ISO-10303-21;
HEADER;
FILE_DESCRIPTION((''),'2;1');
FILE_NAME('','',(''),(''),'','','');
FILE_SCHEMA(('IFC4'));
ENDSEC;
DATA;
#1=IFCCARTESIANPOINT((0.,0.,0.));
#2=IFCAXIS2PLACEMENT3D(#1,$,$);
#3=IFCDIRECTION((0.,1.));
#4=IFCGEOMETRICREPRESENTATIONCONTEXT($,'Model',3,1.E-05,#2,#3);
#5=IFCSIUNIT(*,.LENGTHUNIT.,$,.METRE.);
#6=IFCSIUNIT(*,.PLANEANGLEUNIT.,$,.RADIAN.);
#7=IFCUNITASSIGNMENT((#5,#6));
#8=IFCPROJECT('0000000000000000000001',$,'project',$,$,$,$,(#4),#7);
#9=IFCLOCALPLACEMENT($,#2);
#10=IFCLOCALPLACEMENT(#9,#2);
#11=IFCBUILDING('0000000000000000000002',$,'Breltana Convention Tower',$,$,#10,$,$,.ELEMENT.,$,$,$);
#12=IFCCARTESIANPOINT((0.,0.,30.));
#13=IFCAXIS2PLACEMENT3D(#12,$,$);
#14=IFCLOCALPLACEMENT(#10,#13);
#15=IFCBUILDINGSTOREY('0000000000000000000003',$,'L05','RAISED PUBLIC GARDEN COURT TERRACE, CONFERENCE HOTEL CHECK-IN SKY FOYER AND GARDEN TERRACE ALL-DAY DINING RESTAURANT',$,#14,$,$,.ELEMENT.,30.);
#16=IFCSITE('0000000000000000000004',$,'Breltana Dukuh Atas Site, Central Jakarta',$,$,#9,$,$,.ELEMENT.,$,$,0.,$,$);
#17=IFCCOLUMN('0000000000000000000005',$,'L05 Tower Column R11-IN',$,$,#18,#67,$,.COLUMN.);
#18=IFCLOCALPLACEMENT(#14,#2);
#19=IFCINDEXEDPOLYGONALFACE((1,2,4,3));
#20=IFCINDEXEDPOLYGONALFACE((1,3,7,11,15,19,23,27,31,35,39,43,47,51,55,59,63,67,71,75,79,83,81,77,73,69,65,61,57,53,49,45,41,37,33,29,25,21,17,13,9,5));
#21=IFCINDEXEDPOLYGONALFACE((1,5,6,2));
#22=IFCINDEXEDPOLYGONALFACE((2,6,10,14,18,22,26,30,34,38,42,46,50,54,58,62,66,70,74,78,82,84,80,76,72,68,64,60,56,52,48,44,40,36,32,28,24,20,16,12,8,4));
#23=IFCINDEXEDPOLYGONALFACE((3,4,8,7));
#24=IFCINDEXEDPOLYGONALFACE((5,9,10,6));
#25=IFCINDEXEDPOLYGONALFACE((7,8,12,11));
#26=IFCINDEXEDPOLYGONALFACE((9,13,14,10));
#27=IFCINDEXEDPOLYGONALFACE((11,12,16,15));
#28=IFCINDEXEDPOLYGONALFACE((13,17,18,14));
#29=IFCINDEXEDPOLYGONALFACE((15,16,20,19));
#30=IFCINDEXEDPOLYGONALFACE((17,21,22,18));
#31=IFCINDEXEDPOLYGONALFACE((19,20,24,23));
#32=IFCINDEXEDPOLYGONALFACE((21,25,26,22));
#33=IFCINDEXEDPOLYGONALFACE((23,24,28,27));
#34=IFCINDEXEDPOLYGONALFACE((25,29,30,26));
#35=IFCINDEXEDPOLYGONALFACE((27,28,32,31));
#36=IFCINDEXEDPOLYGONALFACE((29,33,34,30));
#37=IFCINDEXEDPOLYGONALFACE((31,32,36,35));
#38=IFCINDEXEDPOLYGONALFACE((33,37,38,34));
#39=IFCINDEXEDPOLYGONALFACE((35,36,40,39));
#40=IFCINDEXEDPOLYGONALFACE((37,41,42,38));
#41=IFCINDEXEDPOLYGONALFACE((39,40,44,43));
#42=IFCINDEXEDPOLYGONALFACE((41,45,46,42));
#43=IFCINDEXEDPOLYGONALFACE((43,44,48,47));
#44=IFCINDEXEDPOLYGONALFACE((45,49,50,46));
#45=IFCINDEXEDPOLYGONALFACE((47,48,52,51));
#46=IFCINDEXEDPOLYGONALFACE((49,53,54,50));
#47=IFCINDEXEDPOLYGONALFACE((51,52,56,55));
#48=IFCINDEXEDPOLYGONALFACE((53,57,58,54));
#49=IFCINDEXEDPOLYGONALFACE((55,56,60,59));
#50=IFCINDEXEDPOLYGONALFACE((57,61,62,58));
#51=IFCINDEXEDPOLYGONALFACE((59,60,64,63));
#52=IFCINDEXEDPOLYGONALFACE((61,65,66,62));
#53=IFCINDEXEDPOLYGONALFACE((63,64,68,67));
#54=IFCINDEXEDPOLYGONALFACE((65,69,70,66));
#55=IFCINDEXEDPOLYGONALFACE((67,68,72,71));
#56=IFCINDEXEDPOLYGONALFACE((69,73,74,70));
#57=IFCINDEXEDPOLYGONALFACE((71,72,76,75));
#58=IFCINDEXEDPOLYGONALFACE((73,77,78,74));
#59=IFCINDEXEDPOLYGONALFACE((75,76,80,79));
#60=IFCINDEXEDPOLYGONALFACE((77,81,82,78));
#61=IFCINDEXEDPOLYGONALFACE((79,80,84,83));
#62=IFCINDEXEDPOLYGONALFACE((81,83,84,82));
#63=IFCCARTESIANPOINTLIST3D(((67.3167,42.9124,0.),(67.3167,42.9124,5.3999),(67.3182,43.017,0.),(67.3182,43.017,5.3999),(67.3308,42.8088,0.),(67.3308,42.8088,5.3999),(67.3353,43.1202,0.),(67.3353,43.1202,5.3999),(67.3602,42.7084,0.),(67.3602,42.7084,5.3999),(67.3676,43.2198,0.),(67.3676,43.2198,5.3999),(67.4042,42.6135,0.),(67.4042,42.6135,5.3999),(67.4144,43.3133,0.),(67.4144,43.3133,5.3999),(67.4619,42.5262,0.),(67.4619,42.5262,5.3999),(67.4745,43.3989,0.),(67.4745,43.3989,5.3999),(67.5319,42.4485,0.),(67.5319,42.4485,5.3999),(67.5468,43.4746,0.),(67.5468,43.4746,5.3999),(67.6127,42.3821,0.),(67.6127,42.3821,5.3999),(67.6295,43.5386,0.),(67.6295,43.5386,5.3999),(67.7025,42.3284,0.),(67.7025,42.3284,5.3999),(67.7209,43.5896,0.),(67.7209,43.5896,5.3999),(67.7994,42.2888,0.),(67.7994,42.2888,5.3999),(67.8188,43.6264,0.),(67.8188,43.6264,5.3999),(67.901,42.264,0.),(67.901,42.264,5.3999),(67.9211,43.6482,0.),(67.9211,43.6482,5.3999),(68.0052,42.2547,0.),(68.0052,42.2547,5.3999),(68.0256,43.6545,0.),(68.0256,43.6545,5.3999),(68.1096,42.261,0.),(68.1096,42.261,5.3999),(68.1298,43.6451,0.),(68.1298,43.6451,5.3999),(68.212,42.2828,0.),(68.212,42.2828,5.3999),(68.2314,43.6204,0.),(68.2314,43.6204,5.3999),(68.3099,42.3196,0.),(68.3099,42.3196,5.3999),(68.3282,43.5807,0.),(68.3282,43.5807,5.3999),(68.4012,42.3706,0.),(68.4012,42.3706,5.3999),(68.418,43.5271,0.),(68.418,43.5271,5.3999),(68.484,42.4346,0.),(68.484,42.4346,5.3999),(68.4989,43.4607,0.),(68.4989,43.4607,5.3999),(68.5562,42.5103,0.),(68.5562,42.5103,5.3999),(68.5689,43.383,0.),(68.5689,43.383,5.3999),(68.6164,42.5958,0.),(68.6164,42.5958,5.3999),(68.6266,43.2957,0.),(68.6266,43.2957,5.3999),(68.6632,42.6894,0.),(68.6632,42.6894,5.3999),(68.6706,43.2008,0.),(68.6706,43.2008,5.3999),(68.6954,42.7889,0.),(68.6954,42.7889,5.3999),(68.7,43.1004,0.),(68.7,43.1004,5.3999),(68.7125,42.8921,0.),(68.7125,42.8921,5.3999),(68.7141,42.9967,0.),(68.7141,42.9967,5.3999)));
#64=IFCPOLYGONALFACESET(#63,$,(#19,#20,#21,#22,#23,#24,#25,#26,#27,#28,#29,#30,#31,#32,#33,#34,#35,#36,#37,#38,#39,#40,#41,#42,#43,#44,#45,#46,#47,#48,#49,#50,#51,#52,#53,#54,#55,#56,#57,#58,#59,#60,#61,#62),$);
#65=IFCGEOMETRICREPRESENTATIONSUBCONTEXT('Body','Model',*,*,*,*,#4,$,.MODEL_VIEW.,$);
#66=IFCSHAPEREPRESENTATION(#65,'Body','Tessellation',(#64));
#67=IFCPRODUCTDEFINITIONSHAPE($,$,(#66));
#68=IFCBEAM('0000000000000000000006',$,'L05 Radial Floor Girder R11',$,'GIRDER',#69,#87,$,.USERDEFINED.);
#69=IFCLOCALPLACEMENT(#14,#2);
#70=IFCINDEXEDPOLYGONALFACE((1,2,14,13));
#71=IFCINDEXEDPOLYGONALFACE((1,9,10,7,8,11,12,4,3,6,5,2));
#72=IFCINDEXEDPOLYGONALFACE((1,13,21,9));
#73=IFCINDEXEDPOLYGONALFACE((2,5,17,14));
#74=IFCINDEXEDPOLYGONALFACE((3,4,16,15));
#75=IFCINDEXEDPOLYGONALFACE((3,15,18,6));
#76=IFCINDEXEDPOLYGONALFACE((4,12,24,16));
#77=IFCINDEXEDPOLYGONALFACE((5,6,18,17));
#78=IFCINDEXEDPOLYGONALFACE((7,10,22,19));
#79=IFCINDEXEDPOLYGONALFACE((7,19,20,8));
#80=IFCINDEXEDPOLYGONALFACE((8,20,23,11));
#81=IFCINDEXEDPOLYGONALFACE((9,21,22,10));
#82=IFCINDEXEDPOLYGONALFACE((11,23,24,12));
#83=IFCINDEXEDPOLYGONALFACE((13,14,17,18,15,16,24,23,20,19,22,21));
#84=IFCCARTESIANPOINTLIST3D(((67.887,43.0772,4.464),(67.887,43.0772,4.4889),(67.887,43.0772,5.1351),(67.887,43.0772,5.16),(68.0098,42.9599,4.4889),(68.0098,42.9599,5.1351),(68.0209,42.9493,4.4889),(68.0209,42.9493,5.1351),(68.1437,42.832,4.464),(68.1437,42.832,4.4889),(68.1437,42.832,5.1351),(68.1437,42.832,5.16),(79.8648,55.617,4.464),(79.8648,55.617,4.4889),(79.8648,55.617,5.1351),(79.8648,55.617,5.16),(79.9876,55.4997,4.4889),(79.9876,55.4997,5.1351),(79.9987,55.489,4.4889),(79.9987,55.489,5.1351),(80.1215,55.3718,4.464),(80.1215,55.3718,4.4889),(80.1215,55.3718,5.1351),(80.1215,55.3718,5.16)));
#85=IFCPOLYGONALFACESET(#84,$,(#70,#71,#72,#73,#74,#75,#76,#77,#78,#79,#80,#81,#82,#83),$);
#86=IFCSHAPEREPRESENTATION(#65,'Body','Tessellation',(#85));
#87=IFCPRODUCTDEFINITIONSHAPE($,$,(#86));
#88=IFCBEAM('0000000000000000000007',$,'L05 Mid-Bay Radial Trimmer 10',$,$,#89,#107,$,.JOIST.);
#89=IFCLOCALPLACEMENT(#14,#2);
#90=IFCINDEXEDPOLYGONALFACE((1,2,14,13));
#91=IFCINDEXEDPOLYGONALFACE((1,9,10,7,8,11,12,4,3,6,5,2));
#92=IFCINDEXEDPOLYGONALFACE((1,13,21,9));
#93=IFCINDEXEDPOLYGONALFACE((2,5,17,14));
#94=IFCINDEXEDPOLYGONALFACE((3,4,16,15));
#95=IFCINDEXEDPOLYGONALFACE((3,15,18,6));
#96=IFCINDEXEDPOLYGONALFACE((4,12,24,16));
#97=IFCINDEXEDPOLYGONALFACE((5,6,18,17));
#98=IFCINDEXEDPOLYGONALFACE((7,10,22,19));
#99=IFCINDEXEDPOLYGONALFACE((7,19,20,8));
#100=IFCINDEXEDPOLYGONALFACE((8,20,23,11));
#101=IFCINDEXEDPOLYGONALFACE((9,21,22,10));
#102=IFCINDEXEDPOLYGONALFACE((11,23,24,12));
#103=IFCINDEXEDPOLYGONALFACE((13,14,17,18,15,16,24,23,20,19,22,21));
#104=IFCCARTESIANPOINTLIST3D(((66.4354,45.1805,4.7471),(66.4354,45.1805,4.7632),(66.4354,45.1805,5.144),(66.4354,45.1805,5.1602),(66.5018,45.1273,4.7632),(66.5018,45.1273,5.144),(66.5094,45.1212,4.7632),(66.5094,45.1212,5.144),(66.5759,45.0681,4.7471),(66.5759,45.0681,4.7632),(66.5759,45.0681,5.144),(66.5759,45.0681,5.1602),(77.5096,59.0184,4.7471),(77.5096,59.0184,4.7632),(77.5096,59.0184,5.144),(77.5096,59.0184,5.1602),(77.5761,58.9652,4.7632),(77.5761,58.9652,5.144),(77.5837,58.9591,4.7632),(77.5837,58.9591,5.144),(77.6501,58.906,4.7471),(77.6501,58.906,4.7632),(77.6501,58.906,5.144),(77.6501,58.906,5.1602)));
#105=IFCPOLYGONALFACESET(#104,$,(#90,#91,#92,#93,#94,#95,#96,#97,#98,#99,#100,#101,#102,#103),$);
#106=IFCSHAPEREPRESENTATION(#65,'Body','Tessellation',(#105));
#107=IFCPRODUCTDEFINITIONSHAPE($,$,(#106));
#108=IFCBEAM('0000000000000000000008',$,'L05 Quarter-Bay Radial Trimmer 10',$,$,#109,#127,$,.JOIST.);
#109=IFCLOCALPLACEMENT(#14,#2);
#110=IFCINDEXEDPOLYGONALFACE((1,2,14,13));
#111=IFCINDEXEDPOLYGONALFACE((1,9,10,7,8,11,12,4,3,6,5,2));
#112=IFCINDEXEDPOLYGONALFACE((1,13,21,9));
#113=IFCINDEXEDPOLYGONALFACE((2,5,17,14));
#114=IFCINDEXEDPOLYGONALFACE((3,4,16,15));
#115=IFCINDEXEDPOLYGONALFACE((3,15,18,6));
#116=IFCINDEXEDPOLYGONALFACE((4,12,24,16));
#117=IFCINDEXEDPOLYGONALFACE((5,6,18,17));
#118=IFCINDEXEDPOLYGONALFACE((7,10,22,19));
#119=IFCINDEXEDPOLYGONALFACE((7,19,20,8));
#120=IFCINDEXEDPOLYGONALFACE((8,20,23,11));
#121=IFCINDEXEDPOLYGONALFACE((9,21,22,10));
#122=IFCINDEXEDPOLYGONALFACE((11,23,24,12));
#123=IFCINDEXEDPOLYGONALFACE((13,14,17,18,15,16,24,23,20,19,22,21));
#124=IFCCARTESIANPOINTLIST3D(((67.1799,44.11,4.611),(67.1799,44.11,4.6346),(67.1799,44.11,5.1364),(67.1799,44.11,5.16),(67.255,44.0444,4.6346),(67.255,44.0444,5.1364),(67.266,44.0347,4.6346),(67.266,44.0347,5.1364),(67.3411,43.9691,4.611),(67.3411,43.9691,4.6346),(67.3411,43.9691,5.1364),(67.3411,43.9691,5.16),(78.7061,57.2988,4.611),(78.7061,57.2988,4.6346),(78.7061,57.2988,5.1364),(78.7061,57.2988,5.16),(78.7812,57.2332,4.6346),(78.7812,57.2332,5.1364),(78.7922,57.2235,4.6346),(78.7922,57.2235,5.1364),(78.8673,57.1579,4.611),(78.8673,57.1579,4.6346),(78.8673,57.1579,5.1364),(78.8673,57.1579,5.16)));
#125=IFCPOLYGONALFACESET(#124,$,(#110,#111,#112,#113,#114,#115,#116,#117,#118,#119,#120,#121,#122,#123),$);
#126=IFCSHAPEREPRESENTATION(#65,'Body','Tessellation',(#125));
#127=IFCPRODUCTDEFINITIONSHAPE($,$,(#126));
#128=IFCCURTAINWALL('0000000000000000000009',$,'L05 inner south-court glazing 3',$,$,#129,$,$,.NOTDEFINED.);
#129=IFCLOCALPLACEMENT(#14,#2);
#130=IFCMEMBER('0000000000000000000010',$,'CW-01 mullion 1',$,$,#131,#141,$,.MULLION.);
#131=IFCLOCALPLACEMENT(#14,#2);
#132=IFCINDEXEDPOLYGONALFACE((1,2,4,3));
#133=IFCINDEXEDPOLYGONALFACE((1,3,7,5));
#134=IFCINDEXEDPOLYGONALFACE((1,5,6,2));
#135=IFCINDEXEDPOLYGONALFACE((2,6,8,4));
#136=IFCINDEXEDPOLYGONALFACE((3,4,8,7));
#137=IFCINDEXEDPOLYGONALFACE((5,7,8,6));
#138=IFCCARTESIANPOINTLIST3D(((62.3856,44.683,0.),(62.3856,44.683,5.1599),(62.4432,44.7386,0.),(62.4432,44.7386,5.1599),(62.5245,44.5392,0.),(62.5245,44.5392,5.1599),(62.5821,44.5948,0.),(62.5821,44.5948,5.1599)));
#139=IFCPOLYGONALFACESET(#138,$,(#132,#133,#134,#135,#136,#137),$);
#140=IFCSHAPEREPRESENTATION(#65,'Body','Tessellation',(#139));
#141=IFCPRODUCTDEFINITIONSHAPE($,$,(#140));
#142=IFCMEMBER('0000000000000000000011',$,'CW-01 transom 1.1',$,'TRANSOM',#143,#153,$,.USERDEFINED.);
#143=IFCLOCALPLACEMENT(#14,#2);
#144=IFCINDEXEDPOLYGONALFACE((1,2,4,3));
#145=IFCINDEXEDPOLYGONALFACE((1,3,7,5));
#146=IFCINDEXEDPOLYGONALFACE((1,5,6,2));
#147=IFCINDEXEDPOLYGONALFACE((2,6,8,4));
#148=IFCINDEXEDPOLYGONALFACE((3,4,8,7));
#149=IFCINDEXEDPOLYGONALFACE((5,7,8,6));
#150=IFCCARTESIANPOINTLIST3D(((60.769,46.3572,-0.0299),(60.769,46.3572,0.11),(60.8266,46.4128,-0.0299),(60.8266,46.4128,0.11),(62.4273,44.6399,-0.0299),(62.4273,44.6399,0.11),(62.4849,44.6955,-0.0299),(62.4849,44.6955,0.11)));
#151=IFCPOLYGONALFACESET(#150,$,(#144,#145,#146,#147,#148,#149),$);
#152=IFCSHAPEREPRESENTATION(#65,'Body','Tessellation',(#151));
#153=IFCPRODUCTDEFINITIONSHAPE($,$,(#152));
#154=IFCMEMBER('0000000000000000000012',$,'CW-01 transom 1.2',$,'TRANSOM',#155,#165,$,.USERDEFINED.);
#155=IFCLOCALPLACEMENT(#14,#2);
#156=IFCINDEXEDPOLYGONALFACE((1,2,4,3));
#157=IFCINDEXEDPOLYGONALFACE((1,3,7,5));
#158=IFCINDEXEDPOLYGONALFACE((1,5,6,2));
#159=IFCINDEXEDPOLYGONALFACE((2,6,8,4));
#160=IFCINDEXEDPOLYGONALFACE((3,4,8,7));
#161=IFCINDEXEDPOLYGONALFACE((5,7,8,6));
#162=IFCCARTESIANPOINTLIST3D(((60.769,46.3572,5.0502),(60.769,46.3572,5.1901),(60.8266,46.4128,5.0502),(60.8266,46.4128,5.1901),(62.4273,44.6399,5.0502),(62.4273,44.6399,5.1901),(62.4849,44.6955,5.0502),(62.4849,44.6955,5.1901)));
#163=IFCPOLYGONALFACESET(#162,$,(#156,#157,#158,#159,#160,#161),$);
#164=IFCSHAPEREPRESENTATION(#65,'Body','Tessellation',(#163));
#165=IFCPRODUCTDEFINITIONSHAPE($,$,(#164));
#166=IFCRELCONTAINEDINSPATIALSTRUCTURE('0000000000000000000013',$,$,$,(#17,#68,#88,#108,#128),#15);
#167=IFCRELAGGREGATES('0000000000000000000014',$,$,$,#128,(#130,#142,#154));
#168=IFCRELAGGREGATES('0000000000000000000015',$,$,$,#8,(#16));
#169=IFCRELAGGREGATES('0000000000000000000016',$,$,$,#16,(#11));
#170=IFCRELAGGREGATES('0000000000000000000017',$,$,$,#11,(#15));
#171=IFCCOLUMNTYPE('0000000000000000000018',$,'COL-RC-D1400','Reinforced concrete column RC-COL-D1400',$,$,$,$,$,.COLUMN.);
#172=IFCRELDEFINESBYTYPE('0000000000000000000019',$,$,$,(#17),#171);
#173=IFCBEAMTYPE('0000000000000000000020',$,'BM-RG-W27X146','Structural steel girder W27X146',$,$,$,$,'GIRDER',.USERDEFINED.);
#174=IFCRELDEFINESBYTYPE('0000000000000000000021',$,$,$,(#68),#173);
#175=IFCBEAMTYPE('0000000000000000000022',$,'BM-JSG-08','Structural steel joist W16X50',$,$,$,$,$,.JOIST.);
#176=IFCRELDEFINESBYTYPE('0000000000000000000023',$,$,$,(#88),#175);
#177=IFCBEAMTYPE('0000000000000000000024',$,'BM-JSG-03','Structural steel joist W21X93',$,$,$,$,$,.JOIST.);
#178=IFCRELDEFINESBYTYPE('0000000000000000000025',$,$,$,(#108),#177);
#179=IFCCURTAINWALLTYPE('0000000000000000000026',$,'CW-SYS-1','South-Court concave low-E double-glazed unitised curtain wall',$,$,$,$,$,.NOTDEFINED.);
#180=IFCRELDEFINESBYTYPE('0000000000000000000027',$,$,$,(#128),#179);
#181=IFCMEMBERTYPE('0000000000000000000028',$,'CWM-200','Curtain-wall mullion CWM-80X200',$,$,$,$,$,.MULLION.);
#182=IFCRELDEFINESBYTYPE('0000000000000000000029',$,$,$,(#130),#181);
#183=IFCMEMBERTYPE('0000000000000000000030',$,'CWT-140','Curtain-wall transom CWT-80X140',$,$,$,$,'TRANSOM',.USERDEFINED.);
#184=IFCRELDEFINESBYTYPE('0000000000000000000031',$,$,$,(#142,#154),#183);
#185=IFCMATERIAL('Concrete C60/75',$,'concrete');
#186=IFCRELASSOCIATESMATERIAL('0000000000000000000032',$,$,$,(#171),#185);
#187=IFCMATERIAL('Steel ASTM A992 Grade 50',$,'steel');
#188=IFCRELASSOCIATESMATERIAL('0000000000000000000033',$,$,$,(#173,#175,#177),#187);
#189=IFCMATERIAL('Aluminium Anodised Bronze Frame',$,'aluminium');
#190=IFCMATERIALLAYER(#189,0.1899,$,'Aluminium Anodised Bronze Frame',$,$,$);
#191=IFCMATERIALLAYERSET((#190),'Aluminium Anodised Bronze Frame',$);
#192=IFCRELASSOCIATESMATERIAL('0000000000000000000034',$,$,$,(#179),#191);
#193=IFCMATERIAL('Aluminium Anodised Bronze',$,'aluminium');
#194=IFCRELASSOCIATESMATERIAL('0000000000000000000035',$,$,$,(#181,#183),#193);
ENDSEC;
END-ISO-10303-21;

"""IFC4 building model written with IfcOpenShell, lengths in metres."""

from ifc_helpers import new_model, si_unit, direction, frame, origin, origin_2d, place, context, subcontext, project, spatial, rectangle, circle, i_section, extrude, source, transform, mapped, material, layer, layer_set, material_profile, profile_set, type_object, type_shapes, element, aggregate, save


model = new_model("IFC4")

# Units and contexts
model_context = context("Model", 3, precision=1e-05, world=origin(), true_north=direction((0.0, 1.0)))
body_context = subcontext(model_context, "Body", "Model", "MODEL_VIEW")
ifc_project = project(units=[si_unit("LENGTHUNIT", "METRE"), si_unit("PLANEANGLEUNIT", "RADIAN")], contexts=[model_context])

# Site, building, storey
site_placement = place(None, origin())
site = spatial("IfcSite", under=ifc_project, at=site_placement, Name="Breltana Dukuh Atas Site, Central Jakarta", CompositionType="ELEMENT", RefElevation=0.0)
building_placement = place(site_placement, origin())
building = spatial("IfcBuilding", under=site, at=building_placement, Name="Breltana Convention Tower", CompositionType="ELEMENT")
storey_placement = place(building_placement, frame((0.0, 0.0, 30.0)))
storey = spatial("IfcBuildingStorey", under=building, at=storey_placement, Name="L05", Description="RAISED PUBLIC GARDEN COURT TERRACE, CONFERENCE HOTEL CHECK-IN SKY FOYER AND GARDEN TERRACE ALL-DAY DINING RESTAURANT", CompositionType="ELEMENT", Elevation=30.0)

# Column
ifc_material_1 = material(Name="Concrete C60/75", Category="concrete")
ifc_material_profile_1 = material_profile(ifc_material_1, circle(Radius=0.7, at=origin_2d()), Name="RC-COL-D1400")
ifc_profile_set_1 = profile_set([ifc_material_profile_1], Name="Concrete C60/75")
column_type = type_object("IfcColumnType", Name="COL-RC-D1400", Description="Reinforced concrete column RC-COL-D1400", PredefinedType="COLUMN", material=ifc_profile_set_1)
shared_shape_1 = source(origin(), body_context, "Body", "SweptSolid", [
    extrude(circle(Radius=0.7, at=origin_2d()), origin(), (0.0, 0.0, 1.0), 5.3999),
])
type_shapes(column_type, [shared_shape_1])
column_placement = place(storey_placement, frame((68.0154, 42.9546, 0.0), z_axis=(0.0, 0.0, 1.0), x_axis=(0.690756, 0.723088, 0.0)))
element("IfcColumn", 1, at=column_placement, inside=storey, type_object=column_type, Name="L05 Tower Column R11-IN", PredefinedType="COLUMN", context=body_context, shape_type="MappedRepresentation", body=[
    mapped(shared_shape_1, transform((0.0, 0.0, 0.0), scale=1.0)),
])

# Beams
ifc_material_2 = material(Name="Steel ASTM A992 Grade 50", Category="steel")
ifc_material_profile_2 = material_profile(ifc_material_2, i_section(OverallWidth=0.355, OverallDepth=0.696, WebThickness=0.0154, FlangeThickness=0.0249, at=origin_2d()), Name="W27X146")
ifc_profile_set_2 = profile_set([ifc_material_profile_2], Name="Steel ASTM A992 Grade 50")
beam_type_1 = type_object("IfcBeamType", Name="BM-RG-W27X146", Description="Structural steel girder W27X146", ElementType="GIRDER", PredefinedType="USERDEFINED", material=ifc_profile_set_2)
shared_shape_2 = source(origin(), body_context, "Body", "SweptSolid", [
    extrude(i_section(OverallWidth=0.355, OverallDepth=0.696, WebThickness=0.0154, FlangeThickness=0.0249, at=origin_2d()), origin(), (0.0, 0.0, 1.0), 17.3411),
])
type_shapes(beam_type_1, [shared_shape_2])
beam_1_placement = place(storey_placement, frame((68.0154, 42.9546, 4.812), z_axis=(0.690716, 0.723126, 0.0), x_axis=(-0.723126, 0.690716, 0.0)))
element("IfcBeam", 2, at=beam_1_placement, inside=storey, type_object=beam_type_1, Name="L05 Radial Floor Girder R11", ObjectType="GIRDER", PredefinedType="USERDEFINED", context=body_context, shape_type="MappedRepresentation", body=[
    mapped(shared_shape_2, transform((0.0, 0.0, 0.0), scale=1.0)),
])
ifc_material_profile_3 = material_profile(ifc_material_2, i_section(OverallWidth=0.1799, OverallDepth=0.4131, WebThickness=0.0098, FlangeThickness=0.0161, at=origin_2d()), Name="W16X50")
ifc_profile_set_3 = profile_set([ifc_material_profile_3], Name="Steel ASTM A992 Grade 50")
beam_type_2 = type_object("IfcBeamType", Name="BM-JSG-08", Description="Structural steel joist W16X50", PredefinedType="JOIST", material=ifc_profile_set_3)
shared_shape_3 = source(origin(), body_context, "Body", "SweptSolid", [
    extrude(i_section(OverallWidth=0.1799, OverallDepth=0.4131, WebThickness=0.0098, FlangeThickness=0.0161, at=origin_2d()), origin(), (0.0, 0.0, 1.0), 17.7236),
])
beam_2_placement = place(storey_placement, frame((66.5056, 45.1243, 4.9536), z_axis=(0.624829, 0.780761, 0.0), x_axis=(-0.780761, 0.624829, 0.0)))
element("IfcBeam", 3, at=beam_2_placement, inside=storey, type_object=beam_type_2, Name="L05 Mid-Bay Radial Trimmer 10", PredefinedType="JOIST", context=body_context, shape_type="MappedRepresentation", body=[
    mapped(shared_shape_3, transform((0.0, 0.0, 0.0), scale=1.0)),
])
ifc_material_profile_4 = material_profile(ifc_material_2, i_section(OverallWidth=0.2141, OverallDepth=0.5491, WebThickness=0.0146, FlangeThickness=0.0237, at=origin_2d()), Name="W21X93")
ifc_profile_set_4 = profile_set([ifc_material_profile_4], Name="Steel ASTM A992 Grade 50")
beam_type_3 = type_object("IfcBeamType", Name="BM-JSG-03", Description="Structural steel joist W21X93", PredefinedType="JOIST", material=ifc_profile_set_4)
shared_shape_4 = source(origin(), body_context, "Body", "SweptSolid", [
    extrude(i_section(OverallWidth=0.2141, OverallDepth=0.5491, WebThickness=0.0146, FlangeThickness=0.0237, at=origin_2d()), origin(), (0.0, 0.0, 1.0), 17.5156),
])
beam_3_placement = place(storey_placement, frame((67.2605, 44.0396, 4.8855), z_axis=(0.658052, 0.752973, 0.0), x_axis=(-0.752973, 0.658052, 0.0)))
element("IfcBeam", 4, at=beam_3_placement, inside=storey, type_object=beam_type_3, Name="L05 Quarter-Bay Radial Trimmer 10", PredefinedType="JOIST", context=body_context, shape_type="MappedRepresentation", body=[
    mapped(shared_shape_4, transform((0.0, 0.0, 0.0), scale=1.0)),
])

# Curtain wall, members
ifc_material_3 = material(Name="Aluminium Anodised Bronze Frame", Category="aluminium")
ifc_layer_1 = layer(ifc_material_3, 0.1899, Name="Aluminium Anodised Bronze Frame")
ifc_layer_set_1 = layer_set([ifc_layer_1], Name="Aluminium Anodised Bronze Frame")
curtain_wall_type = type_object("IfcCurtainWallType", Name="CW-SYS-1", Description="South-Court concave low-E double-glazed unitised curtain wall", PredefinedType="NOTDEFINED", material=ifc_layer_set_1)
curtain_wall_placement = place(storey_placement, origin())
curtain_wall = element("IfcCurtainWall", 5, at=curtain_wall_placement, inside=storey, type_object=curtain_wall_type, Name="L05 inner south-court glazing 3", PredefinedType="NOTDEFINED")
ifc_material_4 = material(Name="Aluminium Anodised Bronze", Category="aluminium")
ifc_material_profile_5 = material_profile(ifc_material_4, rectangle(XDim=0.0801, YDim=0.2, at=origin_2d()), Name="CWM-80X200")
ifc_profile_set_5 = profile_set([ifc_material_profile_5], Name="Aluminium Anodised Bronze")
member_type_1 = type_object("IfcMemberType", Name="CWM-200", Description="Curtain-wall mullion CWM-80X200", PredefinedType="MULLION", material=ifc_profile_set_5)
shared_shape_5 = source(origin(), body_context, "Body", "SweptSolid", [
    extrude(rectangle(XDim=0.0801, YDim=0.2, at=origin_2d()), origin(), (0.0, 0.0, 1.0), 5.1599),
])
type_shapes(member_type_1, [shared_shape_5])
member_1_placement = place(storey_placement, frame((62.4839, 44.6389, 0.0), z_axis=(0.0, 0.0, 1.0), x_axis=(-0.719385, -0.694612, 0.0)))
member_1 = element("IfcMember", 6, at=member_1_placement, type_object=member_type_1, Name="CW-01 mullion 1", PredefinedType="MULLION", context=body_context, shape_type="MappedRepresentation", body=[
    mapped(shared_shape_5, transform((0.0, 0.0, 0.0), scale=1.0)),
])
ifc_material_profile_6 = material_profile(ifc_material_4, rectangle(XDim=0.0801, YDim=0.1399, at=origin_2d()), Name="CWT-80X140")
ifc_profile_set_6 = profile_set([ifc_material_profile_6], Name="Aluminium Anodised Bronze")
member_type_2 = type_object("IfcMemberType", Name="CWT-140", Description="Curtain-wall transom CWT-80X140", ElementType="TRANSOM", PredefinedType="USERDEFINED", material=ifc_profile_set_6)
shared_shape_6 = source(origin(), body_context, "Body", "SweptSolid", [
    extrude(rectangle(XDim=0.0801, YDim=0.1399, at=origin_2d()), origin(), (0.0, 0.0, 1.0), 2.3872),
])
type_shapes(member_type_2, [shared_shape_6])
member_2_placement = place(storey_placement, frame((62.4561, 44.6677, 0.04), z_axis=(-0.694624, 0.719373, 0.0), x_axis=(-0.719373, -0.694624, 0.0)))
member_2 = element("IfcMember", 7, at=member_2_placement, type_object=member_type_2, Name="CW-01 transom 1.1", ObjectType="TRANSOM", PredefinedType="USERDEFINED", context=body_context, shape_type="MappedRepresentation", body=[
    mapped(shared_shape_6, transform((0.0, 0.0, 0.0), scale=1.0)),
])
member_3_placement = place(storey_placement, frame((62.4561, 44.6677, 5.1201), z_axis=(-0.694624, 0.719373, 0.0), x_axis=(-0.719373, -0.694624, 0.0)))
member_3 = element("IfcMember", 8, at=member_3_placement, type_object=member_type_2, Name="CW-01 transom 1.2", ObjectType="TRANSOM", PredefinedType="USERDEFINED", context=body_context, shape_type="MappedRepresentation", body=[
    mapped(shared_shape_6, transform((0.0, 0.0, 0.0), scale=1.0)),
])
aggregate(curtain_wall, [member_1, member_2, member_3])

save(model, "model.ifc")
